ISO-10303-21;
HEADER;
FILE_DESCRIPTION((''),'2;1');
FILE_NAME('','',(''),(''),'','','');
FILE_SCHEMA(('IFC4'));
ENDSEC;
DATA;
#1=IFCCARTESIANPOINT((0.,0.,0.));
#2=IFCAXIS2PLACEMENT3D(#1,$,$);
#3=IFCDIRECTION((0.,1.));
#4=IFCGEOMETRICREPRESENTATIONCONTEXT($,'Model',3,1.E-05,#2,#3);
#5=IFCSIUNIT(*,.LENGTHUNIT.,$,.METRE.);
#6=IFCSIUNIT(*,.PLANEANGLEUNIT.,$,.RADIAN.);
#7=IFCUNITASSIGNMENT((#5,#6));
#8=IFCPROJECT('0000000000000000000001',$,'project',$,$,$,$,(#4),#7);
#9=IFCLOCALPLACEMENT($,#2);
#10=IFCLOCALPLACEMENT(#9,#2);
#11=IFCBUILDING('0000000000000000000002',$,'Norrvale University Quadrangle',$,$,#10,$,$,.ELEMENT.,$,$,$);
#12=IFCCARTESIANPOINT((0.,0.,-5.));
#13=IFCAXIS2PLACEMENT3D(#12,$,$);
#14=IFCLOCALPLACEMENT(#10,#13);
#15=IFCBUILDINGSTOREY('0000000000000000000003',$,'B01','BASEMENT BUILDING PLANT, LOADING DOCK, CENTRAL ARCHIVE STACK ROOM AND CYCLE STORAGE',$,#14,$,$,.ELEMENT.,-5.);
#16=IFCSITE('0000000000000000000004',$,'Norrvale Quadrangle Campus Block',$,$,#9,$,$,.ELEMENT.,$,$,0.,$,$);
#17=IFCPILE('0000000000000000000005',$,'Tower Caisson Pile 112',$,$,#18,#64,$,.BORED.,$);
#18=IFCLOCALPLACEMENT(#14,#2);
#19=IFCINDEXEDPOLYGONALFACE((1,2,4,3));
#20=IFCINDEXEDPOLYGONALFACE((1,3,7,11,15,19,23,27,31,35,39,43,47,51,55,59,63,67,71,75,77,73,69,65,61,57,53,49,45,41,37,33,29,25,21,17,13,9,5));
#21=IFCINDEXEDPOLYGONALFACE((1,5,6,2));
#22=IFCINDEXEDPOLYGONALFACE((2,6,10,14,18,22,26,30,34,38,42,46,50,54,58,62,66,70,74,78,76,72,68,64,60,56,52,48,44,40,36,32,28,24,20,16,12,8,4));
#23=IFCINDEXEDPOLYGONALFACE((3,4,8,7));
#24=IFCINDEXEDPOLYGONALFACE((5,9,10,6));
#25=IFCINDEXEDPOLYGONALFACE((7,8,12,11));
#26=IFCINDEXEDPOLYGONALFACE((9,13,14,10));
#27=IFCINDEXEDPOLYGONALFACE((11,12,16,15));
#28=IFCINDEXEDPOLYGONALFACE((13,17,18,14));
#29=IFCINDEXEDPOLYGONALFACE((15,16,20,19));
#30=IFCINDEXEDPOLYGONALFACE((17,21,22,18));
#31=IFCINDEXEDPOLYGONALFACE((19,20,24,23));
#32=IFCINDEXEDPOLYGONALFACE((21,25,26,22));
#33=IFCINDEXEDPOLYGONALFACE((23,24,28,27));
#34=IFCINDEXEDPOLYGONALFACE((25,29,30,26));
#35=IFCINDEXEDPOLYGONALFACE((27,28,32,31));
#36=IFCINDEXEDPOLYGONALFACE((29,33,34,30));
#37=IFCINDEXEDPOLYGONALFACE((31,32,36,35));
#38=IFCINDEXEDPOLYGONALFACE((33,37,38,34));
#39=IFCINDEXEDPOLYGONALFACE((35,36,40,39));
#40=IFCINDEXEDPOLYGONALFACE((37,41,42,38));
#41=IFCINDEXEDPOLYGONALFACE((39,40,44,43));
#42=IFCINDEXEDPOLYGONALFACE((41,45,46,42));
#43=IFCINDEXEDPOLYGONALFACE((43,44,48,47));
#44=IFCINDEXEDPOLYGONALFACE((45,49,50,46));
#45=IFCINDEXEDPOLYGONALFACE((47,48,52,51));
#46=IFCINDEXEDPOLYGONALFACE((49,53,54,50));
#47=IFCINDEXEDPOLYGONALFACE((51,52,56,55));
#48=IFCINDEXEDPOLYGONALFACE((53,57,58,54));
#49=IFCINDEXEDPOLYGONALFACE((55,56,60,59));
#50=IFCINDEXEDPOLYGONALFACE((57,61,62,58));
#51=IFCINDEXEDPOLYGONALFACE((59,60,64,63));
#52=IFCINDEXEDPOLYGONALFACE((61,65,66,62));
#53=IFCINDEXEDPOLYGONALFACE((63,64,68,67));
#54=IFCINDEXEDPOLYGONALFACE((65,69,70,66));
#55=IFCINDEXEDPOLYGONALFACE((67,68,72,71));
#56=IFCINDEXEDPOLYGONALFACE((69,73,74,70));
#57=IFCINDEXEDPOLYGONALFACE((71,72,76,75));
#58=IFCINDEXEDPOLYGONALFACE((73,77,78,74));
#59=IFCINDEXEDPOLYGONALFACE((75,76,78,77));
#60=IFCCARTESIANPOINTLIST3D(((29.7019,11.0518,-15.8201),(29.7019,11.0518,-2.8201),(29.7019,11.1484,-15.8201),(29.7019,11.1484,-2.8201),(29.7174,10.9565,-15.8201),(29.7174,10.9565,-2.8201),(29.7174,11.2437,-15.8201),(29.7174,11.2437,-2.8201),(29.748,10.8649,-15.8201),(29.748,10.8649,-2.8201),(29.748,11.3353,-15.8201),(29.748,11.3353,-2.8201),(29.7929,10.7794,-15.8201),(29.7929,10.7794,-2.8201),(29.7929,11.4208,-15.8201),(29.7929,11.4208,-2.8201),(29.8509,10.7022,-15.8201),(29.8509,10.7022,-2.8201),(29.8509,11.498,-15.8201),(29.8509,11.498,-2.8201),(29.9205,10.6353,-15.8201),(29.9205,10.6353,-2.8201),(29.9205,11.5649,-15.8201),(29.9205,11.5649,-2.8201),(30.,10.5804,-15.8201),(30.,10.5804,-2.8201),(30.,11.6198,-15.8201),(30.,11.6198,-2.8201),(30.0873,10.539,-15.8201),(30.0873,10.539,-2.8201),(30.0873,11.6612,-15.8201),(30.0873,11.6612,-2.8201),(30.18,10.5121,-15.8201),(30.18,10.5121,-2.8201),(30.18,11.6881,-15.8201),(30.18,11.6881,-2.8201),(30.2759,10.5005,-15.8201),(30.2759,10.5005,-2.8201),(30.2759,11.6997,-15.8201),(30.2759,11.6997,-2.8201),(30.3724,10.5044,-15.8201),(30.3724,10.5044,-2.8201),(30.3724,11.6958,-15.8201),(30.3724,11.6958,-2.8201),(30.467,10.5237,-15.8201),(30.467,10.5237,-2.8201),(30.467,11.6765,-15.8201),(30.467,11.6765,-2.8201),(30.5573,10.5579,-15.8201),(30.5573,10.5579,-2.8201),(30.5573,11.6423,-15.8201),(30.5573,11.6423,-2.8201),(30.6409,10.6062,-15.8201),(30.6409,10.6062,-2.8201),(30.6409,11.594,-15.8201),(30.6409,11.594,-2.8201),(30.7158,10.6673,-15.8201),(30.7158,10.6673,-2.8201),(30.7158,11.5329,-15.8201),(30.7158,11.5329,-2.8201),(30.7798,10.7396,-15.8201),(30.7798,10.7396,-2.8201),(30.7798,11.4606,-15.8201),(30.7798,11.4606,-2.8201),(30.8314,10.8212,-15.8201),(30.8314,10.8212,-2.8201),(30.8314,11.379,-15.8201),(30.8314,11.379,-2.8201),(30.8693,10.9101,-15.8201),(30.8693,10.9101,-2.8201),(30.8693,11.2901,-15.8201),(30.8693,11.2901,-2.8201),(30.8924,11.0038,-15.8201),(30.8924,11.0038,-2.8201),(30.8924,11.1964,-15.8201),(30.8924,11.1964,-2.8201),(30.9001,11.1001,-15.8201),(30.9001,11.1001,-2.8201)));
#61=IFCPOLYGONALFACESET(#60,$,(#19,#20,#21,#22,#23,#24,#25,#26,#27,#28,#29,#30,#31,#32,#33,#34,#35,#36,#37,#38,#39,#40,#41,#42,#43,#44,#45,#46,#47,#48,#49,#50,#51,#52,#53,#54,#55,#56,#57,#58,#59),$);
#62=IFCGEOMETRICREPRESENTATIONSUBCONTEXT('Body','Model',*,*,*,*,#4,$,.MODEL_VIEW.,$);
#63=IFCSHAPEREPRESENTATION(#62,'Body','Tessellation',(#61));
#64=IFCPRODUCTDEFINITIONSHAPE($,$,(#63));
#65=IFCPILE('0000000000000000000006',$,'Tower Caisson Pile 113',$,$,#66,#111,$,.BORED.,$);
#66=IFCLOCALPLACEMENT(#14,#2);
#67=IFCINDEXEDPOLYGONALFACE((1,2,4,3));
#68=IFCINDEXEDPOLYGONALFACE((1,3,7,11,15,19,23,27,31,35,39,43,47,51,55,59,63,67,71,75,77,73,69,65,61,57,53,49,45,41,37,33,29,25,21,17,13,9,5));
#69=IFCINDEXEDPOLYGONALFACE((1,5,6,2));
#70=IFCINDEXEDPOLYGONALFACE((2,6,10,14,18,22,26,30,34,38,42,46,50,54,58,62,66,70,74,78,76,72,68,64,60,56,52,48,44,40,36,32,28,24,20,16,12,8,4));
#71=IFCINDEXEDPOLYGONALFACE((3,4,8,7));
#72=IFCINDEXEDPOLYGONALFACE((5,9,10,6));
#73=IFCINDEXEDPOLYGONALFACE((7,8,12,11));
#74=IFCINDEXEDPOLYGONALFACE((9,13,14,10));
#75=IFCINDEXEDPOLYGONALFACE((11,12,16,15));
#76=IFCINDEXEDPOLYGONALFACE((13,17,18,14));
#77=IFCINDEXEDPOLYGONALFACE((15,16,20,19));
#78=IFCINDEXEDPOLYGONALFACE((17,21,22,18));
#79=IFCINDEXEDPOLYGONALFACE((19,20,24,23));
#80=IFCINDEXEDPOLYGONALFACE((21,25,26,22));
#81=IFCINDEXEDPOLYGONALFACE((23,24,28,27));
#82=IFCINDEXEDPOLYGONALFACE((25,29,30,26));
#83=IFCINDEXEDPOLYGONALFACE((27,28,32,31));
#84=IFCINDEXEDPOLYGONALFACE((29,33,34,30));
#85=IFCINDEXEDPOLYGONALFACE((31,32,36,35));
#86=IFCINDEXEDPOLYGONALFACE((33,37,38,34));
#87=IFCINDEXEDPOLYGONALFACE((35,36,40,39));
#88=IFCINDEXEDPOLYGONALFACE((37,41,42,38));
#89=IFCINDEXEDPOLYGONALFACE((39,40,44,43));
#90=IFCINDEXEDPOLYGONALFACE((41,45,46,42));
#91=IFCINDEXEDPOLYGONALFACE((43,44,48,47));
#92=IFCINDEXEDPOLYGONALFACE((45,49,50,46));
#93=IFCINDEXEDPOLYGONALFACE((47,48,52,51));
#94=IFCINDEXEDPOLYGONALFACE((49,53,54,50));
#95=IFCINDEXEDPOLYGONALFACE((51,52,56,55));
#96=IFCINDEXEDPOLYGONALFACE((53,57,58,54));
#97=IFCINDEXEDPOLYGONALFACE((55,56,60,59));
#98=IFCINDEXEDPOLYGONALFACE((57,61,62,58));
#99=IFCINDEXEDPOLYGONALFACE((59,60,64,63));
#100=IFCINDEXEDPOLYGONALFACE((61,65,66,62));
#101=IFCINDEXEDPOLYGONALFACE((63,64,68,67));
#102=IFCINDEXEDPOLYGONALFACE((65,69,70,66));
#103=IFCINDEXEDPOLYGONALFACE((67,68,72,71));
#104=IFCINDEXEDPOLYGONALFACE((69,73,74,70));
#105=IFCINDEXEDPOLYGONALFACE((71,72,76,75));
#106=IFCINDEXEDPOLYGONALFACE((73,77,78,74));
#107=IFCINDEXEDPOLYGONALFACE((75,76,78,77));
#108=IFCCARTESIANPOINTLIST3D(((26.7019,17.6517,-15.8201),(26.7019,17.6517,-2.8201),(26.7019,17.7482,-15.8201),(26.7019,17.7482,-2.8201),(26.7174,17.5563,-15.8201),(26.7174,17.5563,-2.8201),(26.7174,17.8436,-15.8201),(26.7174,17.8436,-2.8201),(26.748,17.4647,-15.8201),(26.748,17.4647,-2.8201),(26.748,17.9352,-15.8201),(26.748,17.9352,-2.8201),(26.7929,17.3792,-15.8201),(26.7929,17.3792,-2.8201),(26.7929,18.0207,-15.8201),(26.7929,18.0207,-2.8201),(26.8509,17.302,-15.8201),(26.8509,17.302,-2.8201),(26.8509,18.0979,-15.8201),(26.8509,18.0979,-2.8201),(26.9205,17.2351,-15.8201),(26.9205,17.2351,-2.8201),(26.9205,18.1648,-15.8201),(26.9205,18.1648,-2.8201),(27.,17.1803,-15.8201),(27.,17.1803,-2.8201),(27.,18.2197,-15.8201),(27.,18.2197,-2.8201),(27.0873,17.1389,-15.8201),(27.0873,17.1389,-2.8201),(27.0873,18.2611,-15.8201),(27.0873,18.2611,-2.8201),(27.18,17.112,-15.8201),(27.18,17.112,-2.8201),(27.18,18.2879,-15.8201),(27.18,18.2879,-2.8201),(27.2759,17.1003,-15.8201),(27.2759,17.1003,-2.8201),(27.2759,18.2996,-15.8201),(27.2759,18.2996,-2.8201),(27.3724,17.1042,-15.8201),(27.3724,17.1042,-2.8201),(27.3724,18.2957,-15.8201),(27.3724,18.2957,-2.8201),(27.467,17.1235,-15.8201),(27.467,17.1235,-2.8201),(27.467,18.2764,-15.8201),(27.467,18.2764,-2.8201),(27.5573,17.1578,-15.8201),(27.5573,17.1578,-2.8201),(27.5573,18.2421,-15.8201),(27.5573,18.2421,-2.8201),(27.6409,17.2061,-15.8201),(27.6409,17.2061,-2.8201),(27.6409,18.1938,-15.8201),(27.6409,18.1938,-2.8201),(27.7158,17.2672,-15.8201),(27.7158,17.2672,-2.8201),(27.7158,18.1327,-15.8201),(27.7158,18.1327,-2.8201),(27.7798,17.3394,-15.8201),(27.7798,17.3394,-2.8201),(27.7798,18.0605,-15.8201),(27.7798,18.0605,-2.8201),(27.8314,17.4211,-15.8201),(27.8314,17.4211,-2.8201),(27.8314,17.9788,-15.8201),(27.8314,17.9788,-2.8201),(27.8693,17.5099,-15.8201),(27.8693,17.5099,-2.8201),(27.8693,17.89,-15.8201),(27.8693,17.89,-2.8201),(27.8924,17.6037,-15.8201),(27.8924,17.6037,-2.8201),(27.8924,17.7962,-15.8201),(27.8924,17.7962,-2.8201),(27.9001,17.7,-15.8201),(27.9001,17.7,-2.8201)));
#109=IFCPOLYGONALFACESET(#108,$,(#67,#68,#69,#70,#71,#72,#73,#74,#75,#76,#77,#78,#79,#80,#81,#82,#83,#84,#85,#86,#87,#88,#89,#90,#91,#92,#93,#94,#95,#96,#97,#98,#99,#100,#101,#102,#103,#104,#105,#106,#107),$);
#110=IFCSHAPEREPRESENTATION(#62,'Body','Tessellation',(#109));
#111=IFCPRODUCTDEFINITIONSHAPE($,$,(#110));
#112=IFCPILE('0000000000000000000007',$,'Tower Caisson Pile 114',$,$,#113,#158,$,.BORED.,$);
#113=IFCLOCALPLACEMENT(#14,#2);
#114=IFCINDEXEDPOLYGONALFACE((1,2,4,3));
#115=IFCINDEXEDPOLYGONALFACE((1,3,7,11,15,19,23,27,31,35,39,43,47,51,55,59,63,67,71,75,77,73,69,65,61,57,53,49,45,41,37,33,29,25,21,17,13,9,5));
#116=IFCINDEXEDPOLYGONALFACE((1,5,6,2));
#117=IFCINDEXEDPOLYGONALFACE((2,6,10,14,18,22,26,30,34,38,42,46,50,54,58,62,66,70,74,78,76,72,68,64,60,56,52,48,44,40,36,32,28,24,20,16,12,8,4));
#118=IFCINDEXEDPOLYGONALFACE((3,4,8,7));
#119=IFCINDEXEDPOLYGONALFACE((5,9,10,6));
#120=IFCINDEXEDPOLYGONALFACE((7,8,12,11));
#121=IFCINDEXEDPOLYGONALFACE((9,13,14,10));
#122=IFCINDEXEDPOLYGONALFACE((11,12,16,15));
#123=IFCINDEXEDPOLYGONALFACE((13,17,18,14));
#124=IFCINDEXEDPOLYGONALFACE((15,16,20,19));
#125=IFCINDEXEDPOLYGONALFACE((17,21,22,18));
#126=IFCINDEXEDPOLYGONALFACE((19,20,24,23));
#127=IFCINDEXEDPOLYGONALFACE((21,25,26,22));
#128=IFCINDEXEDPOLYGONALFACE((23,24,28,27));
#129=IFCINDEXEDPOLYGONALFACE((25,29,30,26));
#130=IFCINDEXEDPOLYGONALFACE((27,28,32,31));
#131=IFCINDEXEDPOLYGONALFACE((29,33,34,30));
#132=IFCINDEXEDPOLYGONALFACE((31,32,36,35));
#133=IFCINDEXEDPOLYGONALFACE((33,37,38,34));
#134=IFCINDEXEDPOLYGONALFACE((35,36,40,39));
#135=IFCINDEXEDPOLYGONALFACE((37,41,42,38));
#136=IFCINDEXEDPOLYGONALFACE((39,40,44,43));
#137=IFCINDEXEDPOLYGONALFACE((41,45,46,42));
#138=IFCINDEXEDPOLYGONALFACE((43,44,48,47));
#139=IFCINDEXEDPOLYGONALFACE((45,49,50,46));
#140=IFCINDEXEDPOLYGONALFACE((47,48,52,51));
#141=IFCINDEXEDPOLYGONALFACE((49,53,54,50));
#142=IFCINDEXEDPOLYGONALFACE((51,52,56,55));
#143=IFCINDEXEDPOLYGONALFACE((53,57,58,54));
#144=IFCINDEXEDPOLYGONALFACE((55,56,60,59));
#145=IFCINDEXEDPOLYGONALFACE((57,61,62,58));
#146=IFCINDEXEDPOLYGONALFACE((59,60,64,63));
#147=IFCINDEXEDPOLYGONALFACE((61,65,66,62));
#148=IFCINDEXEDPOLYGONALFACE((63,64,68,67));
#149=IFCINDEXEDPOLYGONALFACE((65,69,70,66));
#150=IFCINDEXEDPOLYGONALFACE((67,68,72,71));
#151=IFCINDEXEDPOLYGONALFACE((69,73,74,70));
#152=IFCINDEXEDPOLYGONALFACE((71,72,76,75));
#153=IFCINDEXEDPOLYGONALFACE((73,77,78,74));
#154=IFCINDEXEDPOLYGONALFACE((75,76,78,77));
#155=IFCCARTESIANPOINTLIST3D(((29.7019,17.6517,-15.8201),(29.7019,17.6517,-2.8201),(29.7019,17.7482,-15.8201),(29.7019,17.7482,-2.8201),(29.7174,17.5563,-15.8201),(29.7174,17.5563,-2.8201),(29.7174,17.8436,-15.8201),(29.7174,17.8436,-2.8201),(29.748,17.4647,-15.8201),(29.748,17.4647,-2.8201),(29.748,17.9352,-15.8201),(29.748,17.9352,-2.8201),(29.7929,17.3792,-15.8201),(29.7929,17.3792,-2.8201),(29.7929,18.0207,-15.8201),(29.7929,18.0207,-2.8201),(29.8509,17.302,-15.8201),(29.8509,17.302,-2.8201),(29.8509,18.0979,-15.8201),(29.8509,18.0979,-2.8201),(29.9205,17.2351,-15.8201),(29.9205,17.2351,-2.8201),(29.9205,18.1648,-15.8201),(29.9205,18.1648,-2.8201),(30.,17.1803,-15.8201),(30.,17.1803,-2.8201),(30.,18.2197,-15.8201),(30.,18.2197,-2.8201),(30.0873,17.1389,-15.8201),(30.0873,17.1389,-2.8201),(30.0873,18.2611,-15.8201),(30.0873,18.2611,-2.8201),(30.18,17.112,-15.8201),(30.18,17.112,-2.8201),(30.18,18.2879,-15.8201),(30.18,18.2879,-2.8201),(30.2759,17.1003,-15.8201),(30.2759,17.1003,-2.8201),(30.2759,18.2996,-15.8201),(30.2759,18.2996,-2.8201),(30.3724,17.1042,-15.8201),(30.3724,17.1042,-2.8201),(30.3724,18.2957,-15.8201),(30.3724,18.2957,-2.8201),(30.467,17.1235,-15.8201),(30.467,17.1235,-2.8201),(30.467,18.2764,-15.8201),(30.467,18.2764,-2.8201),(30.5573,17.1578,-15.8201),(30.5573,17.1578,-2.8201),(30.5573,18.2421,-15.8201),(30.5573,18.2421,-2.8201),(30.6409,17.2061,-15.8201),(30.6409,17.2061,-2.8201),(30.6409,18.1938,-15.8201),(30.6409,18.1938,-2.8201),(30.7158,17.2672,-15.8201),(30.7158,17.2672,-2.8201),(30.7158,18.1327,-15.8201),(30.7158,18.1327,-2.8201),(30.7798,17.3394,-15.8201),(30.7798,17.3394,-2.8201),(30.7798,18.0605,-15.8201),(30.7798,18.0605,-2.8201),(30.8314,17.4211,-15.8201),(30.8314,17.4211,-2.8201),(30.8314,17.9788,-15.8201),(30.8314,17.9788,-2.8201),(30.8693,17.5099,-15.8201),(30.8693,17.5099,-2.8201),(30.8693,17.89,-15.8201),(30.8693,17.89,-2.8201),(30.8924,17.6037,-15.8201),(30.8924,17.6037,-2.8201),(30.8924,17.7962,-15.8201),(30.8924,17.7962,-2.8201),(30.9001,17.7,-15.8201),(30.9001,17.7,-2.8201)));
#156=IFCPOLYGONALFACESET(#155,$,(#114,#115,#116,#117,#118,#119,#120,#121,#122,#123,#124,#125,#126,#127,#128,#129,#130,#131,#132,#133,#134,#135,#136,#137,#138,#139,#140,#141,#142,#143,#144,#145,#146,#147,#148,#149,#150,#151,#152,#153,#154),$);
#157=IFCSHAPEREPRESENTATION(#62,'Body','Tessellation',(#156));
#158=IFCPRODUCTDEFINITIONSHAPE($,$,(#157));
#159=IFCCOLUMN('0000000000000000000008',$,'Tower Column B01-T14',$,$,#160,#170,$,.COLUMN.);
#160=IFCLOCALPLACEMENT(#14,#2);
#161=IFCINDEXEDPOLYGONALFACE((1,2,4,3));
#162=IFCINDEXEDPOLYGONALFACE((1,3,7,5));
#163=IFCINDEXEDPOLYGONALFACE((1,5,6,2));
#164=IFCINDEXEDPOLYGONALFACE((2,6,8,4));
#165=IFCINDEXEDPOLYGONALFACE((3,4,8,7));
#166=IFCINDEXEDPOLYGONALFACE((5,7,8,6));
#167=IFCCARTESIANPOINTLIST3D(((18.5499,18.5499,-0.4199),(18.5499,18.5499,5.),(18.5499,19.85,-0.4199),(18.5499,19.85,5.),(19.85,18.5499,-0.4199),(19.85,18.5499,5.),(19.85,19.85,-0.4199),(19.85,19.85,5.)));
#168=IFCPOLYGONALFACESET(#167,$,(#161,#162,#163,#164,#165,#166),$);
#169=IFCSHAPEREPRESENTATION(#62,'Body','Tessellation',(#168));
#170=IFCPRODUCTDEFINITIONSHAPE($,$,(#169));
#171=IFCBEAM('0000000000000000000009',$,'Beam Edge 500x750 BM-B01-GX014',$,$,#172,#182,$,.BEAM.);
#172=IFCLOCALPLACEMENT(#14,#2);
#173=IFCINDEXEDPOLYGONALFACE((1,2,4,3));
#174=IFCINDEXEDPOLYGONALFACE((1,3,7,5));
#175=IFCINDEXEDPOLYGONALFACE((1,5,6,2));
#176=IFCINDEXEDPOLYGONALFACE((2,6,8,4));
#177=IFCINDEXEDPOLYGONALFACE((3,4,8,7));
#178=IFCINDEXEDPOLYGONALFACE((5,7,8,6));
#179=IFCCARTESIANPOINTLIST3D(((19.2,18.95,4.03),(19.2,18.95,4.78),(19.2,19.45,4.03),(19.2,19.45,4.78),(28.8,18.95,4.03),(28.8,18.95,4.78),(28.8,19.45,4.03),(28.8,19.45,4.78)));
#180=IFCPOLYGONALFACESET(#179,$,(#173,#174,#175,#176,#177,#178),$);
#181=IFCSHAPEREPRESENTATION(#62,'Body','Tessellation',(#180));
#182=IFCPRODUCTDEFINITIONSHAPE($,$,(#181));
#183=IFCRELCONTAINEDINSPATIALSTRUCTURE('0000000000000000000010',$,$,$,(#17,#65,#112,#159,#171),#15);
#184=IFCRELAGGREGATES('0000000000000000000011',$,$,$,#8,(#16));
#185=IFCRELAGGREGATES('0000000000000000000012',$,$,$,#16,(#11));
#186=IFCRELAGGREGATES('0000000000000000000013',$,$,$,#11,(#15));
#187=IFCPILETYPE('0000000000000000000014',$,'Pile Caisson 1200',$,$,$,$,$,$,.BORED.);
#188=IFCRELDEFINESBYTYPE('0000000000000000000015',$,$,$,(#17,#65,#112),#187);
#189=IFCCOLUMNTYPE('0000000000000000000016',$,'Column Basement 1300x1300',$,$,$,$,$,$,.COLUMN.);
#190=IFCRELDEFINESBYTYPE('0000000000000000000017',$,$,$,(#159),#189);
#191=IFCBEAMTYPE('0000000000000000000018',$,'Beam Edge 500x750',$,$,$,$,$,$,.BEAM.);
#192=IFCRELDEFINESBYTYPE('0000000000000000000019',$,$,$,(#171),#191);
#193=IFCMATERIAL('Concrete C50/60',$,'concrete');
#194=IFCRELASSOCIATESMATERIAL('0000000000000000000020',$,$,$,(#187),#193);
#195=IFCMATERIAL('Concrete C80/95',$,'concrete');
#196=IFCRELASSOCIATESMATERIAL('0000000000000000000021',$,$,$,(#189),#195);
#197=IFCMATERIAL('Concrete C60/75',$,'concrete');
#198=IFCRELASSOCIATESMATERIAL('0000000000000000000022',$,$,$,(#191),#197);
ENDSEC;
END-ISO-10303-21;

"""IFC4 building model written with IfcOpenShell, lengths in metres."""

from ifc_helpers import new_model, si_unit, direction, frame, origin, origin_2d, place, context, subcontext, project, spatial, rectangle, circle, extrude, material, material_profile, profile_set, type_object, element, save


model = new_model("IFC4")

# Units and contexts
model_context = context("Model", 3, precision=1e-05, world=origin(), true_north=direction((0.0, 1.0)))
body_context = subcontext(model_context, "Body", "Model", "MODEL_VIEW")
ifc_project = project(units=[si_unit("LENGTHUNIT", "METRE"), si_unit("PLANEANGLEUNIT", "RADIAN")], contexts=[model_context])

# Site, building, storey
site_placement = place(None, origin())
site = spatial("IfcSite", under=ifc_project, at=site_placement, Name="Norrvale Quadrangle Campus Block", CompositionType="ELEMENT", RefElevation=0.0)
building_placement = place(site_placement, origin())
building = spatial("IfcBuilding", under=site, at=building_placement, Name="Norrvale University Quadrangle", CompositionType="ELEMENT")
storey_placement = place(building_placement, frame((0.0, 0.0, -5.0)))
storey = spatial("IfcBuildingStorey", under=building, at=storey_placement, Name="B01", Description="BASEMENT BUILDING PLANT, LOADING DOCK, CENTRAL ARCHIVE STACK ROOM AND CYCLE STORAGE", CompositionType="ELEMENT", Elevation=-5.0)

# Shared definitions
ifc_material_1 = material(Name="Concrete C50/60", Category="concrete")

# Piles
ifc_material_profile_1 = material_profile(ifc_material_1, circle(Radius=0.6001, at=origin_2d()), Name="Concrete C50/60")
ifc_profile_set_1 = profile_set([ifc_material_profile_1], Name="Concrete C50/60")
pile_type = type_object("IfcPileType", Name="Pile Caisson 1200", PredefinedType="BORED", material=ifc_profile_set_1)
for number, where, z_axis, x_axis, name in (
    (1, (30.3, 11.1001, -2.8201), (0.0, 0.0, -1.0), (1.0, 0.0, 0.0), "Tower Caisson Pile 112"),
    (2, (27.3, 17.7, -2.8201), (0.0, 0.0, -1.0), (1.0, 0.0, 0.0), "Tower Caisson Pile 113"),
    (3, (30.3, 17.7, -2.8201), (0.0, 0.0, -1.0), (1.0, 0.0, 0.0), "Tower Caisson Pile 114"),
):
    element("IfcPile", number, at=place(storey_placement, frame(where, z_axis=z_axis, x_axis=x_axis)), inside=storey, type_object=pile_type, Name=name, PredefinedType="BORED", context=body_context, shape_type="SweptSolid", body=[
        extrude(circle(Radius=0.6001, at=origin_2d()), origin(), (0.0, 0.0, 1.0), 13.0),
    ])

# Column
ifc_material_2 = material(Name="Concrete C80/95", Category="concrete")
ifc_material_profile_2 = material_profile(ifc_material_2, rectangle(XDim=1.3, YDim=1.3, at=origin_2d()), Name="Concrete C80/95")
ifc_profile_set_2 = profile_set([ifc_material_profile_2], Name="Concrete C80/95")
column_type = type_object("IfcColumnType", Name="Column Basement 1300x1300", PredefinedType="COLUMN", material=ifc_profile_set_2)
column_placement = place(storey_placement, frame((19.2, 19.2, -0.4199), z_axis=(0.0, 0.0, 1.0), x_axis=(1.0, 0.0, 0.0)))
element("IfcColumn", 4, at=column_placement, inside=storey, type_object=column_type, Name="Tower Column B01-T14", PredefinedType="COLUMN", context=body_context, shape_type="SweptSolid", body=[
    extrude(rectangle(XDim=1.3, YDim=1.3, at=origin_2d()), origin(), (0.0, 0.0, 1.0), 5.4199),
])

# Beam
ifc_material_3 = material(Name="Concrete C60/75", Category="concrete")
ifc_material_profile_3 = material_profile(ifc_material_3, rectangle(XDim=0.5, YDim=0.75, at=origin_2d()), Name="Concrete C60/75")
ifc_profile_set_3 = profile_set([ifc_material_profile_3], Name="Concrete C60/75")
beam_type_1 = type_object("IfcBeamType", Name="Beam Edge 500x750", PredefinedType="BEAM", material=ifc_profile_set_3)
beam_placement = place(storey_placement, frame((19.2, 19.2, 4.405), z_axis=(1.0, 0.0, 0.0), x_axis=(0.0, 1.0, 0.0)))
element("IfcBeam", 5, at=beam_placement, inside=storey, type_object=beam_type_1, Name="Beam Edge 500x750 BM-B01-GX014", PredefinedType="BEAM", context=body_context, shape_type="SweptSolid", body=[
    extrude(rectangle(XDim=0.5, YDim=0.75, at=origin_2d()), origin(), (0.0, 0.0, 1.0), 9.6001),
])

save(model, "model.ifc")
